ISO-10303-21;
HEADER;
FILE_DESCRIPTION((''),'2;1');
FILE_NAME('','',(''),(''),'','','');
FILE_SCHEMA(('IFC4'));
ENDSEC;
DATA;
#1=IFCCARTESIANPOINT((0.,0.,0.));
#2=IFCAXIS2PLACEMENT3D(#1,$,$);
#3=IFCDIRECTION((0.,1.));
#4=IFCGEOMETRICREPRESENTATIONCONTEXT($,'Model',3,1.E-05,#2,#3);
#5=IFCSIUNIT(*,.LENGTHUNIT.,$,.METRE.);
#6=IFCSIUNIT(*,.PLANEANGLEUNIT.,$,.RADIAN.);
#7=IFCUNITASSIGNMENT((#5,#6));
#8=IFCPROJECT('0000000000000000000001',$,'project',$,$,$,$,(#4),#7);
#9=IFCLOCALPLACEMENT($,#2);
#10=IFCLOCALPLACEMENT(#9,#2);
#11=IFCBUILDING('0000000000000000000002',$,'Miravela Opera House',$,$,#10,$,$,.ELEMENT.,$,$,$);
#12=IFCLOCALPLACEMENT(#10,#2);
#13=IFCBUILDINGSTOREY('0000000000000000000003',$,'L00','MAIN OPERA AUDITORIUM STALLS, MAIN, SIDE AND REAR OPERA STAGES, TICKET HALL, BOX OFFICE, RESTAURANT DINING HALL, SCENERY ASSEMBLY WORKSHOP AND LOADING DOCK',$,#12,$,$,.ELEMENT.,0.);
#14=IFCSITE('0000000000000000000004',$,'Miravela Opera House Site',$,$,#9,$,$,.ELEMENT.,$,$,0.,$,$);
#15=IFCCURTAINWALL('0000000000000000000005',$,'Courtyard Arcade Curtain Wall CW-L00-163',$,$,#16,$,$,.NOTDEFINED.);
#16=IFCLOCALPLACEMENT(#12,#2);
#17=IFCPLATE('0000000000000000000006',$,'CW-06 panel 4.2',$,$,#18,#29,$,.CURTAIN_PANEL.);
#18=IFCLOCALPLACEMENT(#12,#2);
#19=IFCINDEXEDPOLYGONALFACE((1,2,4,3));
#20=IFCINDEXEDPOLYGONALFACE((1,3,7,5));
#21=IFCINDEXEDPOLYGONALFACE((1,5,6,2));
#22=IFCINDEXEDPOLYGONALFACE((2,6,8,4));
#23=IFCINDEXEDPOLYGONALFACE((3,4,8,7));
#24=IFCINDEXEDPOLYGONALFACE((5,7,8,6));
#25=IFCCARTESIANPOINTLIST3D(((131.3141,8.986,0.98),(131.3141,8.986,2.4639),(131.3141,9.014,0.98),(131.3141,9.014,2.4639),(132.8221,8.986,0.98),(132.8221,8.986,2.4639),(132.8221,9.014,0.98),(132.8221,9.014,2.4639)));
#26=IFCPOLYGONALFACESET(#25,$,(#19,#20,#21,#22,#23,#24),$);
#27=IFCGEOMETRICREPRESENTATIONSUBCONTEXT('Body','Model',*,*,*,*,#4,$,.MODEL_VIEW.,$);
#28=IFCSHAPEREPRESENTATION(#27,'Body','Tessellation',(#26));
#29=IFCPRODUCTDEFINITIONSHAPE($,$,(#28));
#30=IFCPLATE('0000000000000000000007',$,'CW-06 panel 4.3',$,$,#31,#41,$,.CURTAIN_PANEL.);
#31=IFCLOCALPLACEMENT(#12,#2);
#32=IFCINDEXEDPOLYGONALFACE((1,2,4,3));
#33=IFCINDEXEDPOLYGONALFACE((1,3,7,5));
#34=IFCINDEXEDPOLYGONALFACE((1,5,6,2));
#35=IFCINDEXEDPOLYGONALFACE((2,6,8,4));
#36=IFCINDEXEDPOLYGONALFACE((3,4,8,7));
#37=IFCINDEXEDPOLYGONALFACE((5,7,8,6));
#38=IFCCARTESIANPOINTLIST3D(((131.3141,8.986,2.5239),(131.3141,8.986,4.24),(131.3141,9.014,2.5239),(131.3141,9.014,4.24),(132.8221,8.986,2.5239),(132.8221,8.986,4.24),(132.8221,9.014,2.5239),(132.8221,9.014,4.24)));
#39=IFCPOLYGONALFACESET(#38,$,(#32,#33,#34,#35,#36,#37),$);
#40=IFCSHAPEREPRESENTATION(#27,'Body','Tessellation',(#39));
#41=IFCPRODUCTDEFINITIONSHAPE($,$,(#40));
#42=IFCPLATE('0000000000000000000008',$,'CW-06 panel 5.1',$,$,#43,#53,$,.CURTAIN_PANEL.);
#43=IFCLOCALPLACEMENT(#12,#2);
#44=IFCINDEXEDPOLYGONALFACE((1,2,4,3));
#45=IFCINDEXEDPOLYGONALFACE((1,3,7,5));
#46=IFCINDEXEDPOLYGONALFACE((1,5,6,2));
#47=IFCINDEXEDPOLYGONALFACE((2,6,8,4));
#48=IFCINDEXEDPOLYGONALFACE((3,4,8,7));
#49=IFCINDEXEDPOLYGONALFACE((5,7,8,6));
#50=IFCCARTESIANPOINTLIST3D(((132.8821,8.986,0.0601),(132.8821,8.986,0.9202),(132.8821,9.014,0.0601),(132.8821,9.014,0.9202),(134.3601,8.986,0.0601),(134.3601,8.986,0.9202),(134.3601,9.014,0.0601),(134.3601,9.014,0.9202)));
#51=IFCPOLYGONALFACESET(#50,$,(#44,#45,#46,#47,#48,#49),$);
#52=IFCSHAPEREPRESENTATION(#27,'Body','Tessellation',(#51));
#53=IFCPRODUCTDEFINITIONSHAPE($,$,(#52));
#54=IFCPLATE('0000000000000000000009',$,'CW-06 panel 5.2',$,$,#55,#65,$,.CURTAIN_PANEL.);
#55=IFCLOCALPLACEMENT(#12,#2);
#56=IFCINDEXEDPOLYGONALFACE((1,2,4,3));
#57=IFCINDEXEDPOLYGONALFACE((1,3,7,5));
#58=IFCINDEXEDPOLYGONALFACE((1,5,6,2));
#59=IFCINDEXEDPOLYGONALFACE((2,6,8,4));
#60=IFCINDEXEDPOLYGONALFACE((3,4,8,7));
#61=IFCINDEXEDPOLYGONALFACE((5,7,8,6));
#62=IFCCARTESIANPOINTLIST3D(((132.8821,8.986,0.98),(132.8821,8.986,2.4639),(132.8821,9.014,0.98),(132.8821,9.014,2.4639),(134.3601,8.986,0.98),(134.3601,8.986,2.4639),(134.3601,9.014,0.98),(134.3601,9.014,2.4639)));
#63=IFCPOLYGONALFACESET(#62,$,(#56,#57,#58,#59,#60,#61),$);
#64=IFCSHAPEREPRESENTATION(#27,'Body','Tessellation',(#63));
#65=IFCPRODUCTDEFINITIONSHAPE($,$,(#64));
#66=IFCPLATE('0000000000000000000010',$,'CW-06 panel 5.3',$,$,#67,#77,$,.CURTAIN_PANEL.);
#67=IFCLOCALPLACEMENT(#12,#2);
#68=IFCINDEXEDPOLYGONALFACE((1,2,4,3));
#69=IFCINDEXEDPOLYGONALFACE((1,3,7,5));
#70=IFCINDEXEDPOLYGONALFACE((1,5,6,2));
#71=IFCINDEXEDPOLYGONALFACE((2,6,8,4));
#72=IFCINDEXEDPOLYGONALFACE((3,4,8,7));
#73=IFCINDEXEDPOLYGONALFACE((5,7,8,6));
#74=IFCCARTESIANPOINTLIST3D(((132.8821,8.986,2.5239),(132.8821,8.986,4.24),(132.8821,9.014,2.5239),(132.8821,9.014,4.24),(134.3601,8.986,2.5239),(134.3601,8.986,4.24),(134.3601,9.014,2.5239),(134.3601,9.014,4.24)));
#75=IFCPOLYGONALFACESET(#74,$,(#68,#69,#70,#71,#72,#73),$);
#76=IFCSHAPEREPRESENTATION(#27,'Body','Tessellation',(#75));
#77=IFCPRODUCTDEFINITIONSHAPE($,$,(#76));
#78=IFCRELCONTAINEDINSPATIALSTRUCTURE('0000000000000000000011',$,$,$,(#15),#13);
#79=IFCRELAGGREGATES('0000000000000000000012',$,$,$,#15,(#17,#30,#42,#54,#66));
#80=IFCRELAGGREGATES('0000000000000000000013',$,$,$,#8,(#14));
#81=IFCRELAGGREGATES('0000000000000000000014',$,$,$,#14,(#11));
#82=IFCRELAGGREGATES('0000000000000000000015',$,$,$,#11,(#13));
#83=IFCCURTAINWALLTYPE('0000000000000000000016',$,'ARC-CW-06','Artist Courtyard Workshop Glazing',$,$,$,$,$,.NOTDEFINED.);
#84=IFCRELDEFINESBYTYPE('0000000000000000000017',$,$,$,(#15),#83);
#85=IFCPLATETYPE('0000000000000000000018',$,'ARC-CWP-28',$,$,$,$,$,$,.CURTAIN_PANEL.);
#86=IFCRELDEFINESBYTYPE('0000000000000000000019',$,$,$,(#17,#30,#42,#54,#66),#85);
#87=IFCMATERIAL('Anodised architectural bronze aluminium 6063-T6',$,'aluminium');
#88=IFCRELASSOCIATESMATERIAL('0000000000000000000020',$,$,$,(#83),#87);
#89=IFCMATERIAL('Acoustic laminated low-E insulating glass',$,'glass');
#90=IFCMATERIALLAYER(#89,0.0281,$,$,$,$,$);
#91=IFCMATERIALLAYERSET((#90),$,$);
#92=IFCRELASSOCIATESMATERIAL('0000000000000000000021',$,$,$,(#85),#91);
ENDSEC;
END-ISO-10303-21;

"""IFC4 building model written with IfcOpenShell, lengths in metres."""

from ifc_helpers import new_model, si_unit, direction, frame, origin, origin_2d, place, context, subcontext, project, spatial, rectangle, extrude, material, layer, layer_set, type_object, element, aggregate, save


model = new_model("IFC4")

# Units and contexts
model_context = context("Model", 3, precision=1e-05, world=origin(), true_north=direction((0.0, 1.0)))
body_context = subcontext(model_context, "Body", "Model", "MODEL_VIEW")
ifc_project = project(units=[si_unit("LENGTHUNIT", "METRE"), si_unit("PLANEANGLEUNIT", "RADIAN")], contexts=[model_context])

# Site, building, storey
site_placement = place(None, origin())
site = spatial("IfcSite", under=ifc_project, at=site_placement, Name="Miravela Opera House Site", CompositionType="ELEMENT", RefElevation=0.0)
building_placement = place(site_placement, origin())
building = spatial("IfcBuilding", under=site, at=building_placement, Name="Miravela Opera House", CompositionType="ELEMENT")
storey_placement = place(building_placement, origin())
storey = spatial("IfcBuildingStorey", under=building, at=storey_placement, Name="L00", Description="MAIN OPERA AUDITORIUM STALLS, MAIN, SIDE AND REAR OPERA STAGES, TICKET HALL, BOX OFFICE, RESTAURANT DINING HALL, SCENERY ASSEMBLY WORKSHOP AND LOADING DOCK", CompositionType="ELEMENT", Elevation=0.0)

# Shared definitions
ifc_material_1 = material(Name="Anodised architectural bronze aluminium 6063-T6", Category="aluminium")
curtain_wall_type = type_object("IfcCurtainWallType", Name="ARC-CW-06", Description="Artist Courtyard Workshop Glazing", PredefinedType="NOTDEFINED", material=ifc_material_1)

# Curtain wall
curtain_wall_1_placement = place(storey_placement, origin())
curtain_wall_1 = element("IfcCurtainWall", 1, at=curtain_wall_1_placement, inside=storey, type_object=curtain_wall_type, Name="Courtyard Arcade Curtain Wall CW-L00-163", PredefinedType="NOTDEFINED")

# Plates
ifc_material_2 = material(Name="Acoustic laminated low-E insulating glass", Category="glass")
ifc_layer = layer(ifc_material_2, 0.0281)
ifc_layer_set = layer_set([ifc_layer])
plate_type = type_object("IfcPlateType", Name="ARC-CWP-28", PredefinedType="CURTAIN_PANEL", material=ifc_layer_set)
plate_1_placement = place(storey_placement, frame((132.0681, 9.0, 0.98), z_axis=(0.0, 0.0, 1.0), x_axis=(1.0, 0.0, 0.0)))
plate_1 = element("IfcPlate", 2, at=plate_1_placement, type_object=plate_type, Name="CW-06 panel 4.2", PredefinedType="CURTAIN_PANEL", context=body_context, shape_type="SweptSolid", body=[
    extrude(rectangle(XDim=1.5081, YDim=0.0281, at=origin_2d()), origin(), (0.0, 0.0, 1.0), 1.4839),
])
plate_2_placement = place(storey_placement, frame((132.0681, 9.0, 2.5239), z_axis=(0.0, 0.0, 1.0), x_axis=(1.0, 0.0, 0.0)))
plate_2 = element("IfcPlate", 3, at=plate_2_placement, type_object=plate_type, Name="CW-06 panel 4.3", PredefinedType="CURTAIN_PANEL", context=body_context, shape_type="SweptSolid", body=[
    extrude(rectangle(XDim=1.5081, YDim=0.0281, at=origin_2d()), origin(), (0.0, 0.0, 1.0), 1.7161),
])
plate_3_placement = place(storey_placement, frame((133.6211, 9.0, 0.0601), z_axis=(0.0, 0.0, 1.0), x_axis=(1.0, 0.0, 0.0)))
plate_3 = element("IfcPlate", 4, at=plate_3_placement, type_object=plate_type, Name="CW-06 panel 5.1", PredefinedType="CURTAIN_PANEL", context=body_context, shape_type="SweptSolid", body=[
    extrude(rectangle(XDim=1.478, YDim=0.0281, at=origin_2d()), origin(), (0.0, 0.0, 1.0), 0.8601),
])
plate_4_placement = place(storey_placement, frame((133.6211, 9.0, 0.98), z_axis=(0.0, 0.0, 1.0), x_axis=(1.0, 0.0, 0.0)))
plate_4 = element("IfcPlate", 5, at=plate_4_placement, type_object=plate_type, Name="CW-06 panel 5.2", PredefinedType="CURTAIN_PANEL", context=body_context, shape_type="SweptSolid", body=[
    extrude(rectangle(XDim=1.478, YDim=0.0281, at=origin_2d()), origin(), (0.0, 0.0, 1.0), 1.4839),
])
plate_5_placement = place(storey_placement, frame((133.6211, 9.0, 2.5239), z_axis=(0.0, 0.0, 1.0), x_axis=(1.0, 0.0, 0.0)))
plate_5 = element("IfcPlate", 6, at=plate_5_placement, type_object=plate_type, Name="CW-06 panel 5.3", PredefinedType="CURTAIN_PANEL", context=body_context, shape_type="SweptSolid", body=[
    extrude(rectangle(XDim=1.478, YDim=0.0281, at=origin_2d()), origin(), (0.0, 0.0, 1.0), 1.7161),
])
aggregate(curtain_wall_1, [plate_1, plate_2, plate_3, plate_4, plate_5])

save(model, "model.ifc")
